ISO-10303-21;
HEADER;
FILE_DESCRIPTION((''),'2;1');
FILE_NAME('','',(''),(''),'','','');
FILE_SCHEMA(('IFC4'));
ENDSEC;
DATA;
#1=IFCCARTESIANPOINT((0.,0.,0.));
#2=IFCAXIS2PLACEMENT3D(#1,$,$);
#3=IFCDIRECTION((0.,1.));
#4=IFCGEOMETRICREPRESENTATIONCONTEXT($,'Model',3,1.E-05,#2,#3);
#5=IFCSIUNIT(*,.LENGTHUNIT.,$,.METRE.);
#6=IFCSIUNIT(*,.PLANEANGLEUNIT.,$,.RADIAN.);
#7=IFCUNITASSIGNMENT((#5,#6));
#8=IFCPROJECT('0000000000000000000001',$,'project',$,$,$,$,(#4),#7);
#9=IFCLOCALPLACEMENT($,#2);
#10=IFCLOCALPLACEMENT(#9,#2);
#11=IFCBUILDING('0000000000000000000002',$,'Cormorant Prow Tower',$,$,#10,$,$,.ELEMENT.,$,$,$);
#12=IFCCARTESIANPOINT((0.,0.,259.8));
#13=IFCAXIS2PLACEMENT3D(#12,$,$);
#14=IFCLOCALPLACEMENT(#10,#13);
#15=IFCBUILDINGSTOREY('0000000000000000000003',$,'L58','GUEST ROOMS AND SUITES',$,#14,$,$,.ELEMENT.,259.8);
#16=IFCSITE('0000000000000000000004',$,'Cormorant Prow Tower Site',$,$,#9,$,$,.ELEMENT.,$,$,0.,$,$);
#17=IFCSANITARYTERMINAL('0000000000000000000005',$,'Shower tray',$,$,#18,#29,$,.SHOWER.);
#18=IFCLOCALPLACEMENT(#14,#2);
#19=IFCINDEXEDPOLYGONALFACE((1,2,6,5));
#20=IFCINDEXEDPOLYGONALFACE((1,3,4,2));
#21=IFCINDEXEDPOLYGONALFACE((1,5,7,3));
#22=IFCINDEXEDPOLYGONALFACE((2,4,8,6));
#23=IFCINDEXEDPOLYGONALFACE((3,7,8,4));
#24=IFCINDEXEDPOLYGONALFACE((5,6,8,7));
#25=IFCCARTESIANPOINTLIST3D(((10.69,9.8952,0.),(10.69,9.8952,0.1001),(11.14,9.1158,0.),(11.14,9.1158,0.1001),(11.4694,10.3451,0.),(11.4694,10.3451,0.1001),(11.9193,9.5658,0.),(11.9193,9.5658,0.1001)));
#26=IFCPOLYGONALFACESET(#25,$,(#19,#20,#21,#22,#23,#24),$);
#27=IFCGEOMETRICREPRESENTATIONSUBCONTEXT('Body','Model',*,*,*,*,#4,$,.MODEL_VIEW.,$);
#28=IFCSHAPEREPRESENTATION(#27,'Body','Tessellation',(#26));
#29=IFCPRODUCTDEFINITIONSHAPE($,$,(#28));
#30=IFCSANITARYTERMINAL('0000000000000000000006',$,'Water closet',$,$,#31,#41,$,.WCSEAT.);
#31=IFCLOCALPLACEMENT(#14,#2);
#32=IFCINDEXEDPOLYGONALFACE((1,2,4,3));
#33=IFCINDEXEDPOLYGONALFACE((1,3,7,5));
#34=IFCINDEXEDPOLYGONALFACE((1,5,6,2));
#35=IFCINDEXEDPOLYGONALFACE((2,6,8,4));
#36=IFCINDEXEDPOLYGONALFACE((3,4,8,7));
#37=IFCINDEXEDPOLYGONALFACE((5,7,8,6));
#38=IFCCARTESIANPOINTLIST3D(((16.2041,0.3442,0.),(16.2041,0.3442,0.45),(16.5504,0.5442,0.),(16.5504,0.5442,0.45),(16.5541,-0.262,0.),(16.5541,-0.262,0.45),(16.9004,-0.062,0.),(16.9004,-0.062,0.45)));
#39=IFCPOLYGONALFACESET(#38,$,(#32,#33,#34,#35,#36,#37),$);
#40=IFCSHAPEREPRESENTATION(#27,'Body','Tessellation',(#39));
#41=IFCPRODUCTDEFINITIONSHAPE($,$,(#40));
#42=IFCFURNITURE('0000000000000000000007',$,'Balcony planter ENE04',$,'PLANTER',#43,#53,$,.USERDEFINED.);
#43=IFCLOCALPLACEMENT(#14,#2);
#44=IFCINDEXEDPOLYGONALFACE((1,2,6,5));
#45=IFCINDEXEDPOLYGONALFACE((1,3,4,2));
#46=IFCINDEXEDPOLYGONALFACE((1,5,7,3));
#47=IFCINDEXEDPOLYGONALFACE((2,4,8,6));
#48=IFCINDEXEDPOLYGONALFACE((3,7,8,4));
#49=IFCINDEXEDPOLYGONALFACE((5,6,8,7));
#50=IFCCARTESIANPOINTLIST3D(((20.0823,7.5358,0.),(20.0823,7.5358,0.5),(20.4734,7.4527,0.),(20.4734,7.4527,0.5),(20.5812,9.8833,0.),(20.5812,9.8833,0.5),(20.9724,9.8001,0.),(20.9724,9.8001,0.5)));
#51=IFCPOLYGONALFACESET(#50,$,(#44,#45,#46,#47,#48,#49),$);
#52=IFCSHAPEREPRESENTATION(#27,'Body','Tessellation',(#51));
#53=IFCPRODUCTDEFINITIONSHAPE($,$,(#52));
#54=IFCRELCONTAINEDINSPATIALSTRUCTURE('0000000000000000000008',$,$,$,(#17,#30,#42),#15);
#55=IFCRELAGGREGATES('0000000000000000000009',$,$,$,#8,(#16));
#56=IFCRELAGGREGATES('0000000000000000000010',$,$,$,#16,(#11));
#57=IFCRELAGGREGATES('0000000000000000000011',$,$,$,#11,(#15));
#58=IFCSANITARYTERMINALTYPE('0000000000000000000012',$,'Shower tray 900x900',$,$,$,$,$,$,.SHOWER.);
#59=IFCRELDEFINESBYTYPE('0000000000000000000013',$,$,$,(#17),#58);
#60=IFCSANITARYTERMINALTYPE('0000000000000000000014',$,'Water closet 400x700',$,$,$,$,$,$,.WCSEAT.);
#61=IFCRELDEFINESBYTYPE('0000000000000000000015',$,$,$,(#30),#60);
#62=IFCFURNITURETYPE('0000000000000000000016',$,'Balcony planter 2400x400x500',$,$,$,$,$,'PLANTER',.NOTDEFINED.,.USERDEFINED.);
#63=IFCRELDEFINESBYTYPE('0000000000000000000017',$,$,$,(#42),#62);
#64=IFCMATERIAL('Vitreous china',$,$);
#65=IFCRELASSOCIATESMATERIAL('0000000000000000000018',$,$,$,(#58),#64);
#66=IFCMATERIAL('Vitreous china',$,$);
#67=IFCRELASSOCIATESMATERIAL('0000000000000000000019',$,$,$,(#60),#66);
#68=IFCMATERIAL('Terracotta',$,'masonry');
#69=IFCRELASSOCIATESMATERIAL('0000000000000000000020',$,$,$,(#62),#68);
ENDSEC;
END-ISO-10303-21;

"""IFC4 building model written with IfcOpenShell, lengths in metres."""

from ifc_helpers import new_model, si_unit, direction, frame, origin, origin_2d, place, context, subcontext, project, spatial, rectangle, extrude, material, type_object, element, save


model = new_model("IFC4")

# Units and contexts
model_context = context("Model", 3, precision=1e-05, world=origin(), true_north=direction((0.0, 1.0)))
body_context = subcontext(model_context, "Body", "Model", "MODEL_VIEW")
ifc_project = project(units=[si_unit("LENGTHUNIT", "METRE"), si_unit("PLANEANGLEUNIT", "RADIAN")], contexts=[model_context])

# Site, building, storey
site_placement = place(None, origin())
site = spatial("IfcSite", under=ifc_project, at=site_placement, Name="Cormorant Prow Tower Site", CompositionType="ELEMENT", RefElevation=0.0)
building_placement = place(site_placement, origin())
building = spatial("IfcBuilding", under=site, at=building_placement, Name="Cormorant Prow Tower", CompositionType="ELEMENT")
storey_placement = place(building_placement, frame((0.0, 0.0, 259.8)))
storey = spatial("IfcBuildingStorey", under=building, at=storey_placement, Name="L58", Description="GUEST ROOMS AND SUITES", CompositionType="ELEMENT", Elevation=259.8)

# Sanitary terminals
ifc_material_1 = material(Name="Vitreous china")
sanitary_terminal_type_1 = type_object("IfcSanitaryTerminalType", Name="Shower tray 900x900", PredefinedType="SHOWER", material=ifc_material_1)
for number, where, z_axis, x_axis, name in (
    (1, (11.3047, 9.7305, 0.0), (0.0, 0.0, 1.0), (-0.5, 0.866025, 0.0), "Shower tray"),
):
    element("IfcSanitaryTerminal", number, at=place(storey_placement, frame(where, z_axis=z_axis, x_axis=x_axis)), inside=storey, type_object=sanitary_terminal_type_1, Name=name, PredefinedType="SHOWER", context=body_context, shape_type="SweptSolid", body=[
        extrude(rectangle(XDim=0.8999, YDim=0.8999, at=origin_2d()), origin(), (0.0, 0.0, 1.0), 0.1001),
    ])
ifc_material_2 = material(Name="Vitreous china")
sanitary_terminal_type_2 = type_object("IfcSanitaryTerminalType", Name="Water closet 400x700", PredefinedType="WCSEAT", material=ifc_material_2)
sanitary_terminal_placement = place(storey_placement, frame((16.5522, 0.1411, 0.0), z_axis=(0.0, 0.0, 1.0), x_axis=(0.866025, 0.5, 0.0)))
element("IfcSanitaryTerminal", 2, at=sanitary_terminal_placement, inside=storey, type_object=sanitary_terminal_type_2, Name="Water closet", PredefinedType="WCSEAT", context=body_context, shape_type="SweptSolid", body=[
    extrude(rectangle(XDim=0.3999, YDim=0.7, at=origin_2d()), origin(), (0.0, 0.0, 1.0), 0.45),
])

# Furniture
ifc_material_3 = material(Name="Terracotta", Category="masonry")
furniture_type = type_object("IfcFurnitureType", Name="Balcony planter 2400x400x500", ElementType="PLANTER", AssemblyPlace="NOTDEFINED", PredefinedType="USERDEFINED", material=ifc_material_3)
furniture_placement = place(storey_placement, frame((20.5273, 8.668, 0.0), z_axis=(0.0, 0.0, 1.0), x_axis=(0.207912, 0.978148, 0.0)))
element("IfcFurniture", 3, at=furniture_placement, inside=storey, type_object=furniture_type, Name="Balcony planter ENE04", ObjectType="PLANTER", PredefinedType="USERDEFINED", context=body_context, shape_type="SweptSolid", body=[
    extrude(rectangle(XDim=2.3999, YDim=0.3999, at=origin_2d()), origin(), (0.0, 0.0, 1.0), 0.5),
])

save(model, "model.ifc")
